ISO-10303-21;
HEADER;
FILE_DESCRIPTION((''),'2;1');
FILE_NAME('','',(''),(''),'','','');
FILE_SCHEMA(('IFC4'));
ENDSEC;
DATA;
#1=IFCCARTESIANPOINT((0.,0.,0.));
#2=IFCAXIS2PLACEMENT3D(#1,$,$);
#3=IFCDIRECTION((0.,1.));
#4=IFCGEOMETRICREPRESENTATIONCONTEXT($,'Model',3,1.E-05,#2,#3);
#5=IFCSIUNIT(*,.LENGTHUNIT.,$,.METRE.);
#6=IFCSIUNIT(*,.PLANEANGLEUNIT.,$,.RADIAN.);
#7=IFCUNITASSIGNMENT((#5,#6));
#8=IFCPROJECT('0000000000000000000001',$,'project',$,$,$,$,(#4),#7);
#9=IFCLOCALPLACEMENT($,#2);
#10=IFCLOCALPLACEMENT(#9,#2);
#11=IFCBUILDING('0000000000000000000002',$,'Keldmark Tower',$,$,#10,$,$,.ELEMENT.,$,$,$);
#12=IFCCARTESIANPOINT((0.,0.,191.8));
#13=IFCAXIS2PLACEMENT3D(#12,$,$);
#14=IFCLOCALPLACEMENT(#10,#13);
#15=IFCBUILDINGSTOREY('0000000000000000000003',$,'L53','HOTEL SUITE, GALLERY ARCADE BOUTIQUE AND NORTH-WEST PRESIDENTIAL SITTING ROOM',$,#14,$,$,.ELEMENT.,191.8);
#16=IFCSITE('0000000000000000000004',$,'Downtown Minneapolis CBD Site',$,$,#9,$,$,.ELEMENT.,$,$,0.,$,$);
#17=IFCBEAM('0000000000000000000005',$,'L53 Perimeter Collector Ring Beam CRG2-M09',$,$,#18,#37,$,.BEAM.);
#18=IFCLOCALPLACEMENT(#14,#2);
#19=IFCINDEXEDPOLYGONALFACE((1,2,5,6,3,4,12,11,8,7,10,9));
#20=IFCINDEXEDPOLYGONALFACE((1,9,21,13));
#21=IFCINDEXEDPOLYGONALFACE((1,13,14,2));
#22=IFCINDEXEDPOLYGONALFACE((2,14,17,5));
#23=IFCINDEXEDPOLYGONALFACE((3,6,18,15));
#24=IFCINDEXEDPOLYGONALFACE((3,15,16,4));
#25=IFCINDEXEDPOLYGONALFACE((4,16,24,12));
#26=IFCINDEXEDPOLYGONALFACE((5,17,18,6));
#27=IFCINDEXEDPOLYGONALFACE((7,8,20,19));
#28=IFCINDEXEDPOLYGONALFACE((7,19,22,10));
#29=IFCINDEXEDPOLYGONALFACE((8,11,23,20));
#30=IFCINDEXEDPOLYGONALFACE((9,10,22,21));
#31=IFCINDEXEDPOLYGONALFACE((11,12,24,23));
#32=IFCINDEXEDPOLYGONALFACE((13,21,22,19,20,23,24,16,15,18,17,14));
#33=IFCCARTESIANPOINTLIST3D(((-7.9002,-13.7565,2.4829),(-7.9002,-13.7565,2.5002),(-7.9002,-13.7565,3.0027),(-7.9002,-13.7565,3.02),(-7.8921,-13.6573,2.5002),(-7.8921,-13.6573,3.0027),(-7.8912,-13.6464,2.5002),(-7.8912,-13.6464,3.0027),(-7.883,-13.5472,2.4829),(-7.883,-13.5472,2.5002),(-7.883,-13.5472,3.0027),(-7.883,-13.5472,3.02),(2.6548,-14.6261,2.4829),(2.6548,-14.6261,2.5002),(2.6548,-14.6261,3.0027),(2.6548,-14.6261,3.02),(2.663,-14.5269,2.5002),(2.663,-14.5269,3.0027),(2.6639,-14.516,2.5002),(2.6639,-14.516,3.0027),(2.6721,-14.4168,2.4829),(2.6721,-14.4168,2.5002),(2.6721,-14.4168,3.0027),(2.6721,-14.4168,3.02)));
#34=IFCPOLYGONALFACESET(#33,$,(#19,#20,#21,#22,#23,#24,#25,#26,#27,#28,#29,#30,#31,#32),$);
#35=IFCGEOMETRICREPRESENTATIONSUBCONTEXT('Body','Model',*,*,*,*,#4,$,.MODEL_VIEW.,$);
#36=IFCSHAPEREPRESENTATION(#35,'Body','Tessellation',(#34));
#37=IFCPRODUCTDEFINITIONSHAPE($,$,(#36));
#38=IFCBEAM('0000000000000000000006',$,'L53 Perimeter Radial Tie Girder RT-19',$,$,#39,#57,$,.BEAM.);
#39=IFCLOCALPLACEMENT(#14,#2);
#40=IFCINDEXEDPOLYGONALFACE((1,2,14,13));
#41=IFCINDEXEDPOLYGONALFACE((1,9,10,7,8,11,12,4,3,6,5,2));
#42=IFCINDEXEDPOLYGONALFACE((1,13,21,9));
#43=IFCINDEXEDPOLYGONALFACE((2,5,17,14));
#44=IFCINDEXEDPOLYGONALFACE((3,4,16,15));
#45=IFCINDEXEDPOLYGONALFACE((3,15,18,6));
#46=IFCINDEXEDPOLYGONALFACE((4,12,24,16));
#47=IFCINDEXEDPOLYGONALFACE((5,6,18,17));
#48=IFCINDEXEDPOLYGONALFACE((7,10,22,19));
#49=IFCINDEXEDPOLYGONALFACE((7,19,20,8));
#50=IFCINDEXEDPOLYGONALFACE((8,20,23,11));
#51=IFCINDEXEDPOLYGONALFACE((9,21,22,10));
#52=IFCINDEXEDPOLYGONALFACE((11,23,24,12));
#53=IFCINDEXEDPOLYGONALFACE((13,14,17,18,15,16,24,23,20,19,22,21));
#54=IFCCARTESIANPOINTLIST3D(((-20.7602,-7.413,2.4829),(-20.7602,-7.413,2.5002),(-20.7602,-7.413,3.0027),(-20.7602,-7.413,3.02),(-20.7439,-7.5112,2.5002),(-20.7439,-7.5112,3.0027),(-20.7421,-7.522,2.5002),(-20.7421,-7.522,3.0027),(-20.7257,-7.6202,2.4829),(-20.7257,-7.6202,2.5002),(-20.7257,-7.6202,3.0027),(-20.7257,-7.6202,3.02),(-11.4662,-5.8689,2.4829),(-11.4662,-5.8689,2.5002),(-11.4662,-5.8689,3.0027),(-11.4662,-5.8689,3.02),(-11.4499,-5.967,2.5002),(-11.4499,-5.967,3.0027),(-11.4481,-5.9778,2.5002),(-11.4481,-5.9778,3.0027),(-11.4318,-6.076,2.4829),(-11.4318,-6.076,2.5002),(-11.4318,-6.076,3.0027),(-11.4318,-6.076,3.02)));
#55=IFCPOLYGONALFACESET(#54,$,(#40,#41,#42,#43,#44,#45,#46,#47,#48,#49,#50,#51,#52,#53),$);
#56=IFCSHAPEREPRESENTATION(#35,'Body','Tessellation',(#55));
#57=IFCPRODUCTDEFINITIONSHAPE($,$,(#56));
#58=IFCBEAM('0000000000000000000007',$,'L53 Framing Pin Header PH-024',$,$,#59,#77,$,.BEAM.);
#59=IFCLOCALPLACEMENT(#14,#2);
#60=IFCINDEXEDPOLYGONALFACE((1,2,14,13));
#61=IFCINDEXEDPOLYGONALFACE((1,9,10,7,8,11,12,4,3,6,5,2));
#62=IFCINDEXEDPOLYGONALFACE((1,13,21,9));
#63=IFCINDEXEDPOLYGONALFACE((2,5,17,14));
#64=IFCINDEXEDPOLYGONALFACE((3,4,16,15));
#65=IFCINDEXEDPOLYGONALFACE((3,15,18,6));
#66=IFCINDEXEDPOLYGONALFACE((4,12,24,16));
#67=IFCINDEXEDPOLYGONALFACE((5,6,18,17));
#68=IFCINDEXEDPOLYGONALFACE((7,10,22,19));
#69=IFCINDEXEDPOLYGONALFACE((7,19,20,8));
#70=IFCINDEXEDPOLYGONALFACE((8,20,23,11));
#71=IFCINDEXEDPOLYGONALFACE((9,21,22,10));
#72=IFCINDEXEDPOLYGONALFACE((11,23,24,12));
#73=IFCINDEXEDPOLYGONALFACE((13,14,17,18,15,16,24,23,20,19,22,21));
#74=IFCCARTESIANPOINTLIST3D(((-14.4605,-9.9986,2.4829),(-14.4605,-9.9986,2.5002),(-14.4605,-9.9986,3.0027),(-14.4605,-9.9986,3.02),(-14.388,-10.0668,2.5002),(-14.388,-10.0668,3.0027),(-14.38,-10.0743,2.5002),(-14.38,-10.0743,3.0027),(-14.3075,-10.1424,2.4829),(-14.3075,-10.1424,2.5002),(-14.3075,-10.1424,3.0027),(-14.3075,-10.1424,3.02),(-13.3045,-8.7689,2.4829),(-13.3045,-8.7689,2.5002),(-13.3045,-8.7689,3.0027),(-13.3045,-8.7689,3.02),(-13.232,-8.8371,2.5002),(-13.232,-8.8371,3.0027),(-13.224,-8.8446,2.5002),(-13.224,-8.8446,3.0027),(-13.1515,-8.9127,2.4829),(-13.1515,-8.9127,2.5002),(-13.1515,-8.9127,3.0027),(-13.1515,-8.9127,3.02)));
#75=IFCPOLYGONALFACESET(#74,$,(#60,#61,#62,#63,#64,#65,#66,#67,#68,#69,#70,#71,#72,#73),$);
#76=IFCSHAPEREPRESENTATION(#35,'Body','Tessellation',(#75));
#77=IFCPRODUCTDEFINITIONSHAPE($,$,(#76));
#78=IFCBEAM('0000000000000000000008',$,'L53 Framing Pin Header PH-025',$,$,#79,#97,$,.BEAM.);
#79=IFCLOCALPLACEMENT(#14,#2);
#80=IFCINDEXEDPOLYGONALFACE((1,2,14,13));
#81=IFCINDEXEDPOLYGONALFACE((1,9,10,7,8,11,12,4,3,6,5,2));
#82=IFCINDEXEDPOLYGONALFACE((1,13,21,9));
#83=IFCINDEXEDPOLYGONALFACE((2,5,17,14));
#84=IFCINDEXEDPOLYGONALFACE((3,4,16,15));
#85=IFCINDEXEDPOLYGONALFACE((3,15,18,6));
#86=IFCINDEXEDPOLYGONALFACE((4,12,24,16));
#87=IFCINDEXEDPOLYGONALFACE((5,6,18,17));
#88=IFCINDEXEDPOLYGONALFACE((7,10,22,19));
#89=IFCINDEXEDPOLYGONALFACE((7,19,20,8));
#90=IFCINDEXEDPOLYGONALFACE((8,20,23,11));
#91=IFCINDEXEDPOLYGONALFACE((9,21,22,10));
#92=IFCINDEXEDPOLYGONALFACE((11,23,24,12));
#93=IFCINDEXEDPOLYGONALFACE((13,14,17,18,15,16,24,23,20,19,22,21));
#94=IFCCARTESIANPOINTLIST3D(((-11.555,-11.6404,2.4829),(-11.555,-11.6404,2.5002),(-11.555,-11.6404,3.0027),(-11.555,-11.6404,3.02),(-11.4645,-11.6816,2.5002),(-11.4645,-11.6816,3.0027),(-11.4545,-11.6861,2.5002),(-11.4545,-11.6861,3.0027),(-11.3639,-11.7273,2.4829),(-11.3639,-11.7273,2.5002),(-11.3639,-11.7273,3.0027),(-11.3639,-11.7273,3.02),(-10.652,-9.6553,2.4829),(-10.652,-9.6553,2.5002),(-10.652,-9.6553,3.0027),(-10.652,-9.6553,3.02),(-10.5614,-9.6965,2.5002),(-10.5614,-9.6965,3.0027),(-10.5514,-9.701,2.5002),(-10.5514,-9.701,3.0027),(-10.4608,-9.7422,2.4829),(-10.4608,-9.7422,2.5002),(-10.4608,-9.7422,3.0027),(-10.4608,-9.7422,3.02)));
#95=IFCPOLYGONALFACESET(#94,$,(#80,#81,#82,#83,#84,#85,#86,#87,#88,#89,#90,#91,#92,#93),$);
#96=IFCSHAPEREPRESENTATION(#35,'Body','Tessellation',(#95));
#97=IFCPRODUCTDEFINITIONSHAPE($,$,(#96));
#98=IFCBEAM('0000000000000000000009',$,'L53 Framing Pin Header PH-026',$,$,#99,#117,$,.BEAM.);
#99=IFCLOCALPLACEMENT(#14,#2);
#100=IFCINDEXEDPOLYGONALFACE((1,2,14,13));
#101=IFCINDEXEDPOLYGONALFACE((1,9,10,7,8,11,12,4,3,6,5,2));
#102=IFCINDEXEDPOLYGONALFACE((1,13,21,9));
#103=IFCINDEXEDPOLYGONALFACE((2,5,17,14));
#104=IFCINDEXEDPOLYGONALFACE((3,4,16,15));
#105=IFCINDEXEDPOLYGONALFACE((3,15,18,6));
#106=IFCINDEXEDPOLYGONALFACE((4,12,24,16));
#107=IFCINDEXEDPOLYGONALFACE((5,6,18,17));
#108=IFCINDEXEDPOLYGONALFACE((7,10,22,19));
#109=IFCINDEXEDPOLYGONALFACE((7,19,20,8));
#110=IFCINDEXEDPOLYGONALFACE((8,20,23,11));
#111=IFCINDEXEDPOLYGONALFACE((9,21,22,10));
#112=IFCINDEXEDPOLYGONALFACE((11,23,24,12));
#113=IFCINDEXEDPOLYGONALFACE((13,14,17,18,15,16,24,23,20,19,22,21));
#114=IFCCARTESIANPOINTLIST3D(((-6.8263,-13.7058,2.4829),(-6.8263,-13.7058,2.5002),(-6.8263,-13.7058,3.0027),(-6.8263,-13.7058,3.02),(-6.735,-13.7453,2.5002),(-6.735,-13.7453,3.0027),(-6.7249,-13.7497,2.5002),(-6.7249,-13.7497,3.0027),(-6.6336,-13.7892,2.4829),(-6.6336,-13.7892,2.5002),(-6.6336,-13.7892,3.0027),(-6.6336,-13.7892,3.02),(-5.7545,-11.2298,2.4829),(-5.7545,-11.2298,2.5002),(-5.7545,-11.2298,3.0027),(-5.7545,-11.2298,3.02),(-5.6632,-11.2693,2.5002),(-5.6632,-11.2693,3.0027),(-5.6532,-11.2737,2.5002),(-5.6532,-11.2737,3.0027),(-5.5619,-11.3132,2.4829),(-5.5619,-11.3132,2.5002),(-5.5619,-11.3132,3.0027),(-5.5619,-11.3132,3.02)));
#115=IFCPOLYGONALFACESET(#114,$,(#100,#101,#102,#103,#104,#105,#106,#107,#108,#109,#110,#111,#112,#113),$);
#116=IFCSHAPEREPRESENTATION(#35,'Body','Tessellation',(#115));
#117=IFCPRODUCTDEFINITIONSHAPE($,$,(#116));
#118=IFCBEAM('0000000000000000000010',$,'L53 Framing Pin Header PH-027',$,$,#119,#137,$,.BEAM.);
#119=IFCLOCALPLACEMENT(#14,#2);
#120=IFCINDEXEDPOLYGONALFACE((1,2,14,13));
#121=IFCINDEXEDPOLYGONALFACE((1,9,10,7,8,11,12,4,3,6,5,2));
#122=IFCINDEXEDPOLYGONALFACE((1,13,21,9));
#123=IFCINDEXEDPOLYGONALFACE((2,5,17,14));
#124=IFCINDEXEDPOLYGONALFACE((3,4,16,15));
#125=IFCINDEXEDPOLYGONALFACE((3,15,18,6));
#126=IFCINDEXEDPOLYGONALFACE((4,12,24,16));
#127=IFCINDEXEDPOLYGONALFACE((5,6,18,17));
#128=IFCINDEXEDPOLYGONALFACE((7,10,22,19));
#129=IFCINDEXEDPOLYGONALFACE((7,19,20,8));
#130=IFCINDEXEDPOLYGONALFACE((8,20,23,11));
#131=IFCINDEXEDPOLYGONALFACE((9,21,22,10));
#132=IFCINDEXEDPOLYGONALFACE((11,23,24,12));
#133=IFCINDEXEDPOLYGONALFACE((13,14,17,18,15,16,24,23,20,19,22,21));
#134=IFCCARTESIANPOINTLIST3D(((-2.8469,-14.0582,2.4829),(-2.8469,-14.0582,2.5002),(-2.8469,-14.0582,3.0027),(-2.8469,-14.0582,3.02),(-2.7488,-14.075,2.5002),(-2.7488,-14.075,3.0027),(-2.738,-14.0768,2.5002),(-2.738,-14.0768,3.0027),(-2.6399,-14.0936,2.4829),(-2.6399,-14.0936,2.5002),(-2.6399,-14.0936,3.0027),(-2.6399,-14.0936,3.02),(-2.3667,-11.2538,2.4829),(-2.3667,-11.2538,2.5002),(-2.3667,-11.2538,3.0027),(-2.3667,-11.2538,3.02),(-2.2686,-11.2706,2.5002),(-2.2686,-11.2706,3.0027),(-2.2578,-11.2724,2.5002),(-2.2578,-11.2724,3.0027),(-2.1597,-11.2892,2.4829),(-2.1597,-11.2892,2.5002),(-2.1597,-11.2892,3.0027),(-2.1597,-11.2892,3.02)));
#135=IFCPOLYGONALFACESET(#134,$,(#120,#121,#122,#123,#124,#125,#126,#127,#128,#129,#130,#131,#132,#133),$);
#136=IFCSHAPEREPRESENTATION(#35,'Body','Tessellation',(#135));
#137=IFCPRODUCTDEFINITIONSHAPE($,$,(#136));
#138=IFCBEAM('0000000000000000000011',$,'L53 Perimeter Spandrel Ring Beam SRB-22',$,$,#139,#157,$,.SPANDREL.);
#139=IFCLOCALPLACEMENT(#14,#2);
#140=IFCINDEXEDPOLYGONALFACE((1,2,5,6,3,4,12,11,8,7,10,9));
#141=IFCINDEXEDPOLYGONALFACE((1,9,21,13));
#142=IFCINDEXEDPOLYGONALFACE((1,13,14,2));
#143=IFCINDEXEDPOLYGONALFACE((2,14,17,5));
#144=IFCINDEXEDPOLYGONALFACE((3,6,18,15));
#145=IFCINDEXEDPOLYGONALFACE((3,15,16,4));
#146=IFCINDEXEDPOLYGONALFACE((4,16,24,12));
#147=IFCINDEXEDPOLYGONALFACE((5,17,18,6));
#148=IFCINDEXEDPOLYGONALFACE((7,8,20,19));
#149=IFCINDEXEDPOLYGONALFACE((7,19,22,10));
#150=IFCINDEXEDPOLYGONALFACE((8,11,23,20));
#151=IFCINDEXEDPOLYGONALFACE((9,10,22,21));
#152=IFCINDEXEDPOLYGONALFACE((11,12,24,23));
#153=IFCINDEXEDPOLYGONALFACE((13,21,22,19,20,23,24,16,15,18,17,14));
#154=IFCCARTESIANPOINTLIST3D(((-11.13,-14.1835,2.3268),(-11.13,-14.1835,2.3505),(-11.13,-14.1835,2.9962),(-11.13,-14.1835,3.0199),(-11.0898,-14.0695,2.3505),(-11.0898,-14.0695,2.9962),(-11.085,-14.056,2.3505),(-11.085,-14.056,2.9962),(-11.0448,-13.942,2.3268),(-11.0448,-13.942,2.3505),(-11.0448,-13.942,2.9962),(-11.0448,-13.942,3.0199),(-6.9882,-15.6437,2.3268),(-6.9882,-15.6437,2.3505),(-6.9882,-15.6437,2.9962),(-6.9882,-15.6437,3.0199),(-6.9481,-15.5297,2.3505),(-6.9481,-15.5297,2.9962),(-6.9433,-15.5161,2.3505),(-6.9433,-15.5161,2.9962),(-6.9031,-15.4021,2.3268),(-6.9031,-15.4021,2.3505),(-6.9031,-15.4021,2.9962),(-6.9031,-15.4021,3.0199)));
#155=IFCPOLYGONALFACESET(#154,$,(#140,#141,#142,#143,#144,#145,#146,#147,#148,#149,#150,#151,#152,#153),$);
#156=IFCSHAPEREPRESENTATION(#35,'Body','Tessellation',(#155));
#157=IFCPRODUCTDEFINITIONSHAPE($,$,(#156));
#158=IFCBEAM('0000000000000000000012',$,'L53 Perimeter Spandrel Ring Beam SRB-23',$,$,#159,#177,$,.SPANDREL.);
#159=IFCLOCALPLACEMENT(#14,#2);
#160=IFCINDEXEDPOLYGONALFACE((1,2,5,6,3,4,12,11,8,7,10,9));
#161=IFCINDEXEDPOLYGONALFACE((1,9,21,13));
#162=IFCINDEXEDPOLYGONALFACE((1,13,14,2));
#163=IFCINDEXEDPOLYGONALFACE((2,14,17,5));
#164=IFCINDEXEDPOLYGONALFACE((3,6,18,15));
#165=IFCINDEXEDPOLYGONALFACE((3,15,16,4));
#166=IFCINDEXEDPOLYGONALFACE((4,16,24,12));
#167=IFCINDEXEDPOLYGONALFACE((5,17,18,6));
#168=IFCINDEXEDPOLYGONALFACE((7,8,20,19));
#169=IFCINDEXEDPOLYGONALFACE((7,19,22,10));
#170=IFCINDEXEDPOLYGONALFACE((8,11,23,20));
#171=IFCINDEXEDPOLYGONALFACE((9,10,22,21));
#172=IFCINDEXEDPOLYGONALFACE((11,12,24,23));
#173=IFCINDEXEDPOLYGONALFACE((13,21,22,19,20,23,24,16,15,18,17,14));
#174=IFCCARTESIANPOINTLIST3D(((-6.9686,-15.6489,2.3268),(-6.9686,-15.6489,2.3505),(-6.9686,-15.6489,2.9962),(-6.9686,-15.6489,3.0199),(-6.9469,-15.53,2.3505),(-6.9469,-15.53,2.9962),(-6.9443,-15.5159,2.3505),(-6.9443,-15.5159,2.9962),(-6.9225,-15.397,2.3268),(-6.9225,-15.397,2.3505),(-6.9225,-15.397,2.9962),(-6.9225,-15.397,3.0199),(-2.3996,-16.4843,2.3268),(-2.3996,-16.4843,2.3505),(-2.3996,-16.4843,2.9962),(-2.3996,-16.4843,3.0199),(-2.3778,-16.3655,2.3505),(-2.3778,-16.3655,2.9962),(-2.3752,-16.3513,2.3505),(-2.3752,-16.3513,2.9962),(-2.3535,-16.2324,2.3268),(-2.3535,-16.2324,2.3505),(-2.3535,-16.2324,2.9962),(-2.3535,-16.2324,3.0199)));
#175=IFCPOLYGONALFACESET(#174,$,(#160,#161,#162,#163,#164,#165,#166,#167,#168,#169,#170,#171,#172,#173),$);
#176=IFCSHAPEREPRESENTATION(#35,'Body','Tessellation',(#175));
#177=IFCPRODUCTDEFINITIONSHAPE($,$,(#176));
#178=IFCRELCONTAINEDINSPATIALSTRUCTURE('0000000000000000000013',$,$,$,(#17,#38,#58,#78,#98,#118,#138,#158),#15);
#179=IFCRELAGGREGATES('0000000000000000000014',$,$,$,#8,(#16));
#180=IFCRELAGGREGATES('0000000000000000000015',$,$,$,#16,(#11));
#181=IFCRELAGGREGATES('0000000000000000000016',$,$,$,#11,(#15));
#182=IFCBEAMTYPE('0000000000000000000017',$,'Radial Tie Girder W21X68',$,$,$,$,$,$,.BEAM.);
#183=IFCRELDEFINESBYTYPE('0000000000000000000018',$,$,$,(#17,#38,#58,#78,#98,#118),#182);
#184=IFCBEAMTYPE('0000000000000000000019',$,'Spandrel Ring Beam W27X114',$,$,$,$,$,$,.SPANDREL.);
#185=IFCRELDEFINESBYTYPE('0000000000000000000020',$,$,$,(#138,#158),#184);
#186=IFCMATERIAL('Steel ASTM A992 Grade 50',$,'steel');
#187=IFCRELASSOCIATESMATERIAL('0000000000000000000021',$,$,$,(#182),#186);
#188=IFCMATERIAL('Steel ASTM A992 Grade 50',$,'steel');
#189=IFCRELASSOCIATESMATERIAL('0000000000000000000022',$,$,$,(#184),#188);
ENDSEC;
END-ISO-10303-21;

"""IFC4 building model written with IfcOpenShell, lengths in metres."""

from ifc_helpers import new_model, si_unit, direction, frame, origin, origin_2d, place, context, subcontext, project, spatial, i_section, extrude, material, material_profile, profile_set, type_object, element, save


model = new_model("IFC4")

# Units and contexts
model_context = context("Model", 3, precision=1e-05, world=origin(), true_north=direction((0.0, 1.0)))
body_context = subcontext(model_context, "Body", "Model", "MODEL_VIEW")
ifc_project = project(units=[si_unit("LENGTHUNIT", "METRE"), si_unit("PLANEANGLEUNIT", "RADIAN")], contexts=[model_context])

# Site, building, storey
site_placement = place(None, origin())
site = spatial("IfcSite", under=ifc_project, at=site_placement, Name="Downtown Minneapolis CBD Site", CompositionType="ELEMENT", RefElevation=0.0)
building_placement = place(site_placement, origin())
building = spatial("IfcBuilding", under=site, at=building_placement, Name="Keldmark Tower", CompositionType="ELEMENT")
storey_placement = place(building_placement, frame((0.0, 0.0, 191.8)))
storey = spatial("IfcBuildingStorey", under=building, at=storey_placement, Name="L53", Description="HOTEL SUITE, GALLERY ARCADE BOUTIQUE AND NORTH-WEST PRESIDENTIAL SITTING ROOM", CompositionType="ELEMENT", Elevation=191.8)

# Beams
ifc_material_1 = material(Name="Steel ASTM A992 Grade 50", Category="steel")
ifc_material_profile_1 = material_profile(ifc_material_1, i_section(OverallWidth=0.21, OverallDepth=0.5371, WebThickness=0.011, FlangeThickness=0.0173, at=origin_2d()), Name="W21X68")
ifc_profile_set_1 = profile_set([ifc_material_profile_1], Name="Steel ASTM A992 Grade 50")
beam_type_1 = type_object("IfcBeamType", Name="Radial Tie Girder W21X68", PredefinedType="BEAM", material=ifc_profile_set_1)
beam_1_placement = place(storey_placement, frame((-7.8916, -13.6519, 2.7515), z_axis=(0.996623, -0.082111, 0.0), x_axis=(0.082111, 0.996623, 0.0)))
element("IfcBeam", 1, at=beam_1_placement, inside=storey, type_object=beam_type_1, Name="L53 Perimeter Collector Ring Beam CRG2-M09", PredefinedType="BEAM", context=body_context, shape_type="SweptSolid", body=[
    extrude(i_section(OverallWidth=0.21, OverallDepth=0.5371, WebThickness=0.011, FlangeThickness=0.0173, at=origin_2d()), origin(), (0.0, 0.0, 1.0), 10.5908),
])
beam_2_placement = place(storey_placement, frame((-11.449, -5.9724, 2.7515), z_axis=(-0.986476, -0.163903, 0.0), x_axis=(0.163903, -0.986476, 0.0)))
element("IfcBeam", 2, at=beam_2_placement, inside=storey, type_object=beam_type_1, Name="L53 Perimeter Radial Tie Girder RT-19", PredefinedType="BEAM", context=body_context, shape_type="SweptSolid", body=[
    extrude(i_section(OverallWidth=0.21, OverallDepth=0.5371, WebThickness=0.011, FlangeThickness=0.0173, at=origin_2d()), origin(), (0.0, 0.0, 1.0), 9.4214),
])
beam_3_placement = place(storey_placement, frame((-13.228, -8.8408, 2.7515), z_axis=(-0.684927, -0.728612, 0.0), x_axis=(0.728612, -0.684927, 0.0)))
element("IfcBeam", 3, at=beam_3_placement, inside=storey, type_object=beam_type_1, Name="L53 Framing Pin Header PH-024", PredefinedType="BEAM", context=body_context, shape_type="SweptSolid", body=[
    extrude(i_section(OverallWidth=0.21, OverallDepth=0.5371, WebThickness=0.011, FlangeThickness=0.0173, at=origin_2d()), origin(), (0.0, 0.0, 1.0), 1.6877),
])
beam_4_placement = place(storey_placement, frame((-10.5564, -9.6987, 2.7515), z_axis=(-0.41409, -0.910236, 0.0), x_axis=(0.910236, -0.41409, 0.0)))
element("IfcBeam", 4, at=beam_4_placement, inside=storey, type_object=beam_type_1, Name="L53 Framing Pin Header PH-025", PredefinedType="BEAM", context=body_context, shape_type="SweptSolid", body=[
    extrude(i_section(OverallWidth=0.21, OverallDepth=0.5371, WebThickness=0.011, FlangeThickness=0.0173, at=origin_2d()), origin(), (0.0, 0.0, 1.0), 2.1809),
])
beam_5_placement = place(storey_placement, frame((-5.6582, -11.2715, 2.7515), z_axis=(-0.397237, -0.917716, 0.0), x_axis=(0.917716, -0.397237, 0.0)))
element("IfcBeam", 5, at=beam_5_placement, inside=storey, type_object=beam_type_1, Name="L53 Framing Pin Header PH-026", PredefinedType="BEAM", context=body_context, shape_type="SweptSolid", body=[
    extrude(i_section(OverallWidth=0.21, OverallDepth=0.5371, WebThickness=0.011, FlangeThickness=0.0173, at=origin_2d()), origin(), (0.0, 0.0, 1.0), 2.698),
])
beam_6_placement = place(storey_placement, frame((-2.2632, -11.2715, 2.7515), z_axis=(-0.16878, -0.985654, 0.0), x_axis=(0.985654, -0.16878, 0.0)))
element("IfcBeam", 6, at=beam_6_placement, inside=storey, type_object=beam_type_1, Name="L53 Framing Pin Header PH-027", PredefinedType="BEAM", context=body_context, shape_type="SweptSolid", body=[
    extrude(i_section(OverallWidth=0.21, OverallDepth=0.5371, WebThickness=0.011, FlangeThickness=0.0173, at=origin_2d()), origin(), (0.0, 0.0, 1.0), 2.8452),
])
ifc_material_2 = material(Name="Steel ASTM A992 Grade 50", Category="steel")
ifc_material_profile_2 = material_profile(ifc_material_2, i_section(OverallWidth=0.2561, OverallDepth=0.6931, WebThickness=0.0144, FlangeThickness=0.0237, at=origin_2d()), Name="W27X114")
ifc_profile_set_2 = profile_set([ifc_material_profile_2], Name="Steel ASTM A992 Grade 50")
beam_type_2 = type_object("IfcBeamType", Name="Spandrel Ring Beam W27X114", PredefinedType="SPANDREL", material=ifc_profile_set_2)
beam_7_placement = place(storey_placement, frame((-11.0874, -14.0627, 2.6733), z_axis=(0.943106, -0.332492, 0.0), x_axis=(0.332492, 0.943106, 0.0)))
element("IfcBeam", 7, at=beam_7_placement, inside=storey, type_object=beam_type_2, Name="L53 Perimeter Spandrel Ring Beam SRB-22", PredefinedType="SPANDREL", context=body_context, shape_type="SweptSolid", body=[
    extrude(i_section(OverallWidth=0.2561, OverallDepth=0.6931, WebThickness=0.0144, FlangeThickness=0.0237, at=origin_2d()), origin(), (0.0, 0.0, 1.0), 4.3916),
])
beam_8_placement = place(storey_placement, frame((-6.9456, -15.5229, 2.6733), z_axis=(0.983691, -0.179866, 0.0), x_axis=(0.179866, 0.983691, 0.0)))
element("IfcBeam", 8, at=beam_8_placement, inside=storey, type_object=beam_type_2, Name="L53 Perimeter Spandrel Ring Beam SRB-23", PredefinedType="SPANDREL", context=body_context, shape_type="SweptSolid", body=[
    extrude(i_section(OverallWidth=0.2561, OverallDepth=0.6931, WebThickness=0.0144, FlangeThickness=0.0237, at=origin_2d()), origin(), (0.0, 0.0, 1.0), 4.6448),
])

save(model, "model.ifc")
